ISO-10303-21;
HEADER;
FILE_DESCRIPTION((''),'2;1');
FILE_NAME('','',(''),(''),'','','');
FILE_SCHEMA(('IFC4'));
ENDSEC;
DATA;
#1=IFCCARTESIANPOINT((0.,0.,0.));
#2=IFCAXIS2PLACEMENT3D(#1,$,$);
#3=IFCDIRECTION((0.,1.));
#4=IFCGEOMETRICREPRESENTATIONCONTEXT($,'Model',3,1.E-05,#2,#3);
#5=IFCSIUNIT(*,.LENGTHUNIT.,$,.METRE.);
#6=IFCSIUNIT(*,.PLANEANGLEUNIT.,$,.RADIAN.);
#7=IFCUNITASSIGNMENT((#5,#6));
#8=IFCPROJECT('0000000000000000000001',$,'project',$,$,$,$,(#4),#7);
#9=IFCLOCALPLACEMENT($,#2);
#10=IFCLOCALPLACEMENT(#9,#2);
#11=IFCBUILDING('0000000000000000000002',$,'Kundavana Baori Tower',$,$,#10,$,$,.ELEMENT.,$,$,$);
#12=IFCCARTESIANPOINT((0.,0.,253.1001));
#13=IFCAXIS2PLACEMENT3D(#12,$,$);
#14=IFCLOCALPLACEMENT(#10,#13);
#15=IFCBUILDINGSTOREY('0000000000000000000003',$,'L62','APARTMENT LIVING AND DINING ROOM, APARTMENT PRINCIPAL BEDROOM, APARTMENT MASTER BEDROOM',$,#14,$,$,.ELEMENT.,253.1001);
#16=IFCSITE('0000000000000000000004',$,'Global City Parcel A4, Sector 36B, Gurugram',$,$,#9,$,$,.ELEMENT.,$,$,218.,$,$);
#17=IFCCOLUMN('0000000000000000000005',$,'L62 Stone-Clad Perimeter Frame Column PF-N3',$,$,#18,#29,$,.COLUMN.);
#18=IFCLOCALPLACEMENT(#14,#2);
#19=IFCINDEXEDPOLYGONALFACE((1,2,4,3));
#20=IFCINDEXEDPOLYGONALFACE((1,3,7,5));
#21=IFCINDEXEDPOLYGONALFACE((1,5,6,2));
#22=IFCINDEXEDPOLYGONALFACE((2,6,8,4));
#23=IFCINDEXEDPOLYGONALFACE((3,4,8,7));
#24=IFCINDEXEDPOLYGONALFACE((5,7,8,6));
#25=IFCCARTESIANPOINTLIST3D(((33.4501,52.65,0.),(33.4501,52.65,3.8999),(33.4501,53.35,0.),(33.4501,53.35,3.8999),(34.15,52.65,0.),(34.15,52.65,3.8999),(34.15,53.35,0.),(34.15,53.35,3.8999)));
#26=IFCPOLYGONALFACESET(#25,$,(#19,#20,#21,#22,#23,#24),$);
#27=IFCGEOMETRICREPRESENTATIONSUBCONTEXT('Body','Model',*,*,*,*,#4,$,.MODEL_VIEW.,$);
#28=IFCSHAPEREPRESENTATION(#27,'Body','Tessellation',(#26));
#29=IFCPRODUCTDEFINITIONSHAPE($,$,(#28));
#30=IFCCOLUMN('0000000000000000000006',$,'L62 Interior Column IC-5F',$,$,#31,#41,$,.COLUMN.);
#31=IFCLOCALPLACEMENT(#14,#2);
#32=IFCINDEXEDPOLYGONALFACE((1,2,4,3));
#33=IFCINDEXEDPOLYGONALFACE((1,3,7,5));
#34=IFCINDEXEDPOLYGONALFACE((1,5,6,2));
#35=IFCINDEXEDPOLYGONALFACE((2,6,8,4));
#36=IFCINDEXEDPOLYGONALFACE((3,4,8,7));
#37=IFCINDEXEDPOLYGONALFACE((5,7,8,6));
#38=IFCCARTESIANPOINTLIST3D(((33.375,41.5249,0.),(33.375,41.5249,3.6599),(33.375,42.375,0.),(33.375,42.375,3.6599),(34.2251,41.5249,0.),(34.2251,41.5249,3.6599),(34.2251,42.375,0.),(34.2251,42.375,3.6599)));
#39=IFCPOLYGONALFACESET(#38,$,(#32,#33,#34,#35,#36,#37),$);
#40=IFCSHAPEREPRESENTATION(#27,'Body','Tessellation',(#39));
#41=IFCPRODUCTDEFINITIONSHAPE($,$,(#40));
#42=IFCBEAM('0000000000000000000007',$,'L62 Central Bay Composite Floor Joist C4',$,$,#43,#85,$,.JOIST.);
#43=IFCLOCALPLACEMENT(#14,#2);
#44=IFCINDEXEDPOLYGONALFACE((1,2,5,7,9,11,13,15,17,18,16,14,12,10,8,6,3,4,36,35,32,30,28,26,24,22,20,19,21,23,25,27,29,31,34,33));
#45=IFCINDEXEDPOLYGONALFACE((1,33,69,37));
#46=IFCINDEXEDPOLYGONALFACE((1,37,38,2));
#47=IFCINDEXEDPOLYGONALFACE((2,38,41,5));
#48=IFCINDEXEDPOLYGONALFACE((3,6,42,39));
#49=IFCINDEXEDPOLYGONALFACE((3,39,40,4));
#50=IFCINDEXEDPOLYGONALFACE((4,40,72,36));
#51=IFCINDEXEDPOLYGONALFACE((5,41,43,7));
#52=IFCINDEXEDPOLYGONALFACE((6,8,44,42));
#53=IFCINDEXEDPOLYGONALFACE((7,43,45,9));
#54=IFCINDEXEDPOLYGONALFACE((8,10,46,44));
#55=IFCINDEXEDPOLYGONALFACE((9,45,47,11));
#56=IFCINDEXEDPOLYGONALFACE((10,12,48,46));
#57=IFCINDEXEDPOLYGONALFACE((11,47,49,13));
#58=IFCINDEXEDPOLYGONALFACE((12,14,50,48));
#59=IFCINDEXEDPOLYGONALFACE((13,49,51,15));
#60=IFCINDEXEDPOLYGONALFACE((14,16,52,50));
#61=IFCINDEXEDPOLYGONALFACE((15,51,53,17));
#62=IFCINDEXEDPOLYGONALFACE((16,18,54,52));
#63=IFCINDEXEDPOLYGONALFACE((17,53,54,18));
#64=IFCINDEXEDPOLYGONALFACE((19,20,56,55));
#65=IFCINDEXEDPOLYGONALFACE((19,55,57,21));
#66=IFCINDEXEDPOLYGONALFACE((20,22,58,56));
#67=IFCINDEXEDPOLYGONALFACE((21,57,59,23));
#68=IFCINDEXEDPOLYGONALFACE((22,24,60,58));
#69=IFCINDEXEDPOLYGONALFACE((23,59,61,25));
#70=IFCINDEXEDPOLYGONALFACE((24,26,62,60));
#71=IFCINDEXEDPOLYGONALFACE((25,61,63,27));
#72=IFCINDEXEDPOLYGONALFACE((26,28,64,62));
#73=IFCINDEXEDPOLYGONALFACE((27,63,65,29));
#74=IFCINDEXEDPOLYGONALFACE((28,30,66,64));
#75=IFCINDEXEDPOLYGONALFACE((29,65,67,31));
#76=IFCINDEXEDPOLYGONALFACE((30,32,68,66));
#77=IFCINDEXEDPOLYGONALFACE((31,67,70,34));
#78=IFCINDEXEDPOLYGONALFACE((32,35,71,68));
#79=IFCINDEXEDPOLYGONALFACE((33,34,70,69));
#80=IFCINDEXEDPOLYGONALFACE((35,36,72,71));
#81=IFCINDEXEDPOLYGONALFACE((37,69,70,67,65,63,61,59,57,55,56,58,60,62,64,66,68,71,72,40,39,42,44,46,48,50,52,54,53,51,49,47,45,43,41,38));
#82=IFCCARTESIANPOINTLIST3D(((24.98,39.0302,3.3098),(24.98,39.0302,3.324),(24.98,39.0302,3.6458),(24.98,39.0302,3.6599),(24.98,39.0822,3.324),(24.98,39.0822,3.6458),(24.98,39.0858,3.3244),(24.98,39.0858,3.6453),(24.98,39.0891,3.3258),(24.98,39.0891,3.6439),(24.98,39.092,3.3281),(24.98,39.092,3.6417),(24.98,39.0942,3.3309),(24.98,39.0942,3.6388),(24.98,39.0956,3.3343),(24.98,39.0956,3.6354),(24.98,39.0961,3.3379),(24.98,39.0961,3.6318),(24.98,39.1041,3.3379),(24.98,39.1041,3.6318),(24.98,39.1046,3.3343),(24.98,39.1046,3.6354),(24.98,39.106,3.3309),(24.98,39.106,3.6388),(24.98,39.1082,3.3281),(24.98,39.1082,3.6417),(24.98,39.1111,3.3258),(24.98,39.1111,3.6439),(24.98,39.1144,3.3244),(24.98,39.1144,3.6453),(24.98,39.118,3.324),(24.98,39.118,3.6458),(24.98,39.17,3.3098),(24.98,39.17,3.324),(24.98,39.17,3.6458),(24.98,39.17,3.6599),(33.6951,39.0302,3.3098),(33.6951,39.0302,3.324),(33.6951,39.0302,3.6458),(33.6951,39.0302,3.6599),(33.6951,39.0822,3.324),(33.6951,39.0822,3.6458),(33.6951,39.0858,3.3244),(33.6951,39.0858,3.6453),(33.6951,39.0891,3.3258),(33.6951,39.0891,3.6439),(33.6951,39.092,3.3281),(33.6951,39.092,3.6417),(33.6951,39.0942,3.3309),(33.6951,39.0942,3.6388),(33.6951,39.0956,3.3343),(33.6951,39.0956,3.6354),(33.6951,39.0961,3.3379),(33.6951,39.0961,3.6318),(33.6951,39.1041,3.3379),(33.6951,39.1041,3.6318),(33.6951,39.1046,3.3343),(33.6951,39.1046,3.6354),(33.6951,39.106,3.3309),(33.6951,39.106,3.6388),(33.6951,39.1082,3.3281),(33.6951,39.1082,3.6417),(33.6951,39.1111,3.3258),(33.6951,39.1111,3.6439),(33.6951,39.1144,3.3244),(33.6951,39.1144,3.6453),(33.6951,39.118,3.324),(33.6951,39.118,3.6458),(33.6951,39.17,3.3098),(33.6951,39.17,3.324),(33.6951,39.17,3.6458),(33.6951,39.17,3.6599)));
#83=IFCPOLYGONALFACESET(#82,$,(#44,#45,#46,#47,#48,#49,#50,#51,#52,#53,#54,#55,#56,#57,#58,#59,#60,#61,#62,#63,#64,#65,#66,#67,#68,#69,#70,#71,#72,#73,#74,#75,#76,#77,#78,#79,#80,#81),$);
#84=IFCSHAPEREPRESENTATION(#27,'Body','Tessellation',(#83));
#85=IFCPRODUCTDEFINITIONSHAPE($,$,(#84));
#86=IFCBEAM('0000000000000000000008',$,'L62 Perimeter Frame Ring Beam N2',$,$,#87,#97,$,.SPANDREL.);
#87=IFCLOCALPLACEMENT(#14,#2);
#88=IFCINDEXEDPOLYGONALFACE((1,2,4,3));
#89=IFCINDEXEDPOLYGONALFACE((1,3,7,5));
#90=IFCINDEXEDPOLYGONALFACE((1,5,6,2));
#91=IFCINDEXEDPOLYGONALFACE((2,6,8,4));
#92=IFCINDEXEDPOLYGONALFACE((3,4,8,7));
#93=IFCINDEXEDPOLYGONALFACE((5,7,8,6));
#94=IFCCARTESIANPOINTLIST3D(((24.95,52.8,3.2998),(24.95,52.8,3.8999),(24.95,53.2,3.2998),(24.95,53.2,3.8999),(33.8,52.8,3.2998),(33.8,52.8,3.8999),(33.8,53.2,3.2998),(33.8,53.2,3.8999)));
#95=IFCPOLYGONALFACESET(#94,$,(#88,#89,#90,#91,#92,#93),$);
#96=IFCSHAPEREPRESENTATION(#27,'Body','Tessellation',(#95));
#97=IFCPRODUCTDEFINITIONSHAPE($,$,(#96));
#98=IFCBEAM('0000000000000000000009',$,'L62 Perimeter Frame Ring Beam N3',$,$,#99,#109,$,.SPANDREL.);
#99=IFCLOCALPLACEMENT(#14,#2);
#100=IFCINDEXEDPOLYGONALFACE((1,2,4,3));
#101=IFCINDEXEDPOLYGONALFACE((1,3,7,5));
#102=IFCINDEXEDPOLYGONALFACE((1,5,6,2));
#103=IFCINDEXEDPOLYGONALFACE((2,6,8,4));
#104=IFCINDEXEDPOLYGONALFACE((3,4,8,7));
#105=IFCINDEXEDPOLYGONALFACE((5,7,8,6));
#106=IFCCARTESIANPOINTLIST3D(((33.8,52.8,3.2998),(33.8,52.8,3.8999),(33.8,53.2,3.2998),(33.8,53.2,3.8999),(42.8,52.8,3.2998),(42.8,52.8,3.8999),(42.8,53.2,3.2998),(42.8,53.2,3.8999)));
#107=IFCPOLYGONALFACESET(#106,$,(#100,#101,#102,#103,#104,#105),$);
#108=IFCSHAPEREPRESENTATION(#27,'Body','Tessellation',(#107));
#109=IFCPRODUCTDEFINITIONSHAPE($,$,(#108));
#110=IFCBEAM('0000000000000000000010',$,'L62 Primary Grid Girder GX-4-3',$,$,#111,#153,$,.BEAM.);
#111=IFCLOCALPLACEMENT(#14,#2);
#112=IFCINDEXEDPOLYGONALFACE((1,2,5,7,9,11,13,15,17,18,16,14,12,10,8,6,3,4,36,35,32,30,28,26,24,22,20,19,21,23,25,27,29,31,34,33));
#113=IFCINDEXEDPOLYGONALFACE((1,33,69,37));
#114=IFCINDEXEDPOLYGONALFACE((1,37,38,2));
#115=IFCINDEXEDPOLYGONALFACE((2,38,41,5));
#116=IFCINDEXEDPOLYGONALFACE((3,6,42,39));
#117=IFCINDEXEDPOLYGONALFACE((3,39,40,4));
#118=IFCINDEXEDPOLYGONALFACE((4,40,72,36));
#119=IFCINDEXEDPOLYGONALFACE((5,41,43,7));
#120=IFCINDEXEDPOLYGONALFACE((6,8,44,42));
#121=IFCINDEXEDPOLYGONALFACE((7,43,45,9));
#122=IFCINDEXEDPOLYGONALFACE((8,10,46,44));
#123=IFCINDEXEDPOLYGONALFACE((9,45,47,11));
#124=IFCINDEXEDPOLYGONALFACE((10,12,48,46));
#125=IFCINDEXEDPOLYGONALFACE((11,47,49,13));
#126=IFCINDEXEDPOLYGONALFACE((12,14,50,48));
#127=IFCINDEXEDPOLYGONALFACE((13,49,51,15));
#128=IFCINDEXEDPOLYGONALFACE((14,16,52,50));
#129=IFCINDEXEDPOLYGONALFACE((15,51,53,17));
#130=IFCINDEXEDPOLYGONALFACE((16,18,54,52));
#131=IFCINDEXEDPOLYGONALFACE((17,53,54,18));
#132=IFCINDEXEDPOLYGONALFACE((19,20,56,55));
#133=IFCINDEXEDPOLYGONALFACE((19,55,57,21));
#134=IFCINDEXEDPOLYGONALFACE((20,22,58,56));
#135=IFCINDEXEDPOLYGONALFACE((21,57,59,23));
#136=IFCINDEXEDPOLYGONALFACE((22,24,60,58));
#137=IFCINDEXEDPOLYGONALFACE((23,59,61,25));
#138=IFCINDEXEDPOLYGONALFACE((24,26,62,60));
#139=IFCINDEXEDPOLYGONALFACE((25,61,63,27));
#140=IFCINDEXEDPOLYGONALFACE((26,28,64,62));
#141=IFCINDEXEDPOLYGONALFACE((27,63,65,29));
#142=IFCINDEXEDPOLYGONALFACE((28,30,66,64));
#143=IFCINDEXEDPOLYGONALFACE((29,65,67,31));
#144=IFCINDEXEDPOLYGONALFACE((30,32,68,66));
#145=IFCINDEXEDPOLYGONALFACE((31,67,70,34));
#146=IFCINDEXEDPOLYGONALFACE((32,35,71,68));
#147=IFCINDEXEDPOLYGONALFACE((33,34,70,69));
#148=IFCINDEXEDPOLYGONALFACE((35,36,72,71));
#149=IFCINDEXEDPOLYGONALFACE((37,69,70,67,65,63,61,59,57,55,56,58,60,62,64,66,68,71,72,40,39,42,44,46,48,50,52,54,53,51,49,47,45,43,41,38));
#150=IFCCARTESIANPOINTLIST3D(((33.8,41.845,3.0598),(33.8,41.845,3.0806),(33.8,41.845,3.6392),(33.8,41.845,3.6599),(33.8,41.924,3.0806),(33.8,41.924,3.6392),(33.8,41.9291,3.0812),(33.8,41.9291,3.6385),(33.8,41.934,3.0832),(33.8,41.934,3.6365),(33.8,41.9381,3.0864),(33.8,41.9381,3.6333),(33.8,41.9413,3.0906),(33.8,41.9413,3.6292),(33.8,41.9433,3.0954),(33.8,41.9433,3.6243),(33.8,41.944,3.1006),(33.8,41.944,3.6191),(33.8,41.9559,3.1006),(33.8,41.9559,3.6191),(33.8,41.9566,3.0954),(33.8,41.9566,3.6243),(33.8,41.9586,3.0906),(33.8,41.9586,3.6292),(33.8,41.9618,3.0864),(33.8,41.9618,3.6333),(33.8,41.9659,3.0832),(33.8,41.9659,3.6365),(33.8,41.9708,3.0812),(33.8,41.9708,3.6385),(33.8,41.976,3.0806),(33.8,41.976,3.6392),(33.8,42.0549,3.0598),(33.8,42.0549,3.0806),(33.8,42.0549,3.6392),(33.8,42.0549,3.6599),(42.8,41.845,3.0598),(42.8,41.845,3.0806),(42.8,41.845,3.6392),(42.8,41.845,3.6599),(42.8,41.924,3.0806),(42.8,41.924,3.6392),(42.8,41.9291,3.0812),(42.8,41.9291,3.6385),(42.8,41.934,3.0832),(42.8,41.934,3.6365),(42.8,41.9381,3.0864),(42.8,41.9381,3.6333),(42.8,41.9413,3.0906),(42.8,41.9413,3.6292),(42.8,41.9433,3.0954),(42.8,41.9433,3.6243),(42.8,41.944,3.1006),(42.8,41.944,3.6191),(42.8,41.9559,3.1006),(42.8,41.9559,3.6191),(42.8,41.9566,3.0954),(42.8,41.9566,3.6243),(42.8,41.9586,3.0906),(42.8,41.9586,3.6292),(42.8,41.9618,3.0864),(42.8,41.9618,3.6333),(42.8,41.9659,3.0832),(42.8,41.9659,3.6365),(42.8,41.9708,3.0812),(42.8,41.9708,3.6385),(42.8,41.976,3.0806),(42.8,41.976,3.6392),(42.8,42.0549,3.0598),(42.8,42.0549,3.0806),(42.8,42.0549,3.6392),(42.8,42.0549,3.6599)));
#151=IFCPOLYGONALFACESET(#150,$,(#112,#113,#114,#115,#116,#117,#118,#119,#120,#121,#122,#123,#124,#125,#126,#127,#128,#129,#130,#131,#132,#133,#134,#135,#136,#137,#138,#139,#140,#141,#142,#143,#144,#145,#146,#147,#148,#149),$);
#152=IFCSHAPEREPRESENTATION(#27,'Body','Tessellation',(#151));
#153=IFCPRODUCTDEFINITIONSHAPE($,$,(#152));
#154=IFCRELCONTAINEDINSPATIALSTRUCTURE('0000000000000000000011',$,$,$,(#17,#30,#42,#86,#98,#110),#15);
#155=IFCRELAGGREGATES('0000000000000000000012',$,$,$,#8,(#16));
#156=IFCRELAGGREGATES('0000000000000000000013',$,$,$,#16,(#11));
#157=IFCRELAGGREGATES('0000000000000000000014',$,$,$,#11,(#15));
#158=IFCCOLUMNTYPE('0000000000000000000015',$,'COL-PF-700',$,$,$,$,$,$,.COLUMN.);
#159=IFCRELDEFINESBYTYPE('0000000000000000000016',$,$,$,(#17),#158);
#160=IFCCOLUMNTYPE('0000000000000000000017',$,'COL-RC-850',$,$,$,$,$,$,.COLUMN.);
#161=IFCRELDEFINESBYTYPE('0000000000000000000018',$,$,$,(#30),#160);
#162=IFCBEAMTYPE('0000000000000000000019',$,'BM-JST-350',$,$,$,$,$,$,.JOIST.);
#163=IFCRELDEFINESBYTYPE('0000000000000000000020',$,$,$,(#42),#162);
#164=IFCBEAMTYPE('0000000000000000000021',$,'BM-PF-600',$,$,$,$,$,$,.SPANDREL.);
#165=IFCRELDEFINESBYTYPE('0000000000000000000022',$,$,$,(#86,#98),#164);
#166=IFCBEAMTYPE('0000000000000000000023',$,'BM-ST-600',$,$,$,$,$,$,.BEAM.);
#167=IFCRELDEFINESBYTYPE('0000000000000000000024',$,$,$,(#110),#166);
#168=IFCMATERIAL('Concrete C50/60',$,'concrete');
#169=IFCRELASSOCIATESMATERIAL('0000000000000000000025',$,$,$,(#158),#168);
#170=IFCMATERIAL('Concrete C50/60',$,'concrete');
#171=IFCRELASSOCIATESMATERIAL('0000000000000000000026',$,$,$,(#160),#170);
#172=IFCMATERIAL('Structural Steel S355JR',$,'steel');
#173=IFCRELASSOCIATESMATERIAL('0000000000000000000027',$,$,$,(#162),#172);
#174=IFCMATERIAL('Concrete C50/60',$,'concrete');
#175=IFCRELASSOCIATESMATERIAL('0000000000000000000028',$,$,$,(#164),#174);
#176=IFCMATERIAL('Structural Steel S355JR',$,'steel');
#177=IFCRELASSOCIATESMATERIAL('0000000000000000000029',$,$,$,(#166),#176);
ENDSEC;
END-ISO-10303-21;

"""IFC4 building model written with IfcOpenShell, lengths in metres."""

from ifc_helpers import new_model, si_unit, direction, frame, origin, origin_2d, place, context, subcontext, project, spatial, rectangle, i_section, extrude, material, material_profile, profile_set, type_object, element, save


model = new_model("IFC4")

# Units and contexts
model_context = context("Model", 3, precision=1e-05, world=origin(), true_north=direction((0.0, 1.0)))
body_context = subcontext(model_context, "Body", "Model", "MODEL_VIEW")
ifc_project = project(units=[si_unit("LENGTHUNIT", "METRE"), si_unit("PLANEANGLEUNIT", "RADIAN")], contexts=[model_context])

# Site, building, storey
site_placement = place(None, origin())
site = spatial("IfcSite", under=ifc_project, at=site_placement, Name="Global City Parcel A4, Sector 36B, Gurugram", CompositionType="ELEMENT", RefElevation=218.0)
building_placement = place(site_placement, origin())
building = spatial("IfcBuilding", under=site, at=building_placement, Name="Kundavana Baori Tower", CompositionType="ELEMENT")
storey_placement = place(building_placement, frame((0.0, 0.0, 253.1001)))
storey = spatial("IfcBuildingStorey", under=building, at=storey_placement, Name="L62", Description="APARTMENT LIVING AND DINING ROOM, APARTMENT PRINCIPAL BEDROOM, APARTMENT MASTER BEDROOM", CompositionType="ELEMENT", Elevation=253.1001)

# Columns
ifc_material_1 = material(Name="Concrete C50/60", Category="concrete")
ifc_material_profile_1 = material_profile(ifc_material_1, rectangle(XDim=0.7, YDim=0.7, at=origin_2d()), Name="RC PF 700x700")
ifc_profile_set_1 = profile_set([ifc_material_profile_1], Name="Concrete C50/60")
column_type_1 = type_object("IfcColumnType", Name="COL-PF-700", PredefinedType="COLUMN", material=ifc_profile_set_1)
column_1_placement = place(storey_placement, frame((33.8, 53.0, 0.0), z_axis=(0.0, 0.0, 1.0), x_axis=(1.0, 0.0, 0.0)))
element("IfcColumn", 1, at=column_1_placement, inside=storey, type_object=column_type_1, Name="L62 Stone-Clad Perimeter Frame Column PF-N3", PredefinedType="COLUMN", context=body_context, shape_type="SweptSolid", body=[
    extrude(rectangle(XDim=0.7, YDim=0.7, at=origin_2d()), origin(), (0.0, 0.0, 1.0), 3.8999),
])
ifc_material_2 = material(Name="Concrete C50/60", Category="concrete")
ifc_material_profile_2 = material_profile(ifc_material_2, rectangle(XDim=0.8501, YDim=0.8501, at=origin_2d()), Name="RC 850x850")
ifc_profile_set_2 = profile_set([ifc_material_profile_2], Name="Concrete C50/60")
column_type_2 = type_object("IfcColumnType", Name="COL-RC-850", PredefinedType="COLUMN", material=ifc_profile_set_2)
column_2_placement = place(storey_placement, frame((33.8, 41.95, 0.0), z_axis=(0.0, 0.0, 1.0), x_axis=(1.0, 0.0, 0.0)))
element("IfcColumn", 2, at=column_2_placement, inside=storey, type_object=column_type_2, Name="L62 Interior Column IC-5F", PredefinedType="COLUMN", context=body_context, shape_type="SweptSolid", body=[
    extrude(rectangle(XDim=0.8501, YDim=0.8501, at=origin_2d()), origin(), (0.0, 0.0, 1.0), 3.6599),
])

# Beams
ifc_material_3 = material(Name="Structural Steel S355JR", Category="steel")
ifc_material_profile_3 = material_profile(ifc_material_3, i_section(OverallWidth=0.1399, OverallDepth=0.3501, WebThickness=0.0081, FlangeThickness=0.0142, FilletRadius=0.0139, at=origin_2d()), Name="ISMB 350")
ifc_profile_set_3 = profile_set([ifc_material_profile_3], Name="Structural Steel S355JR")
beam_type_1 = type_object("IfcBeamType", Name="BM-JST-350", PredefinedType="JOIST", material=ifc_profile_set_3)
beam_1_placement = place(storey_placement, frame((24.98, 39.1001, 3.4849), z_axis=(1.0, 0.0, 0.0), x_axis=(0.0, 1.0, 0.0)))
element("IfcBeam", 3, at=beam_1_placement, inside=storey, type_object=beam_type_1, Name="L62 Central Bay Composite Floor Joist C4", PredefinedType="JOIST", context=body_context, shape_type="SweptSolid", body=[
    extrude(i_section(OverallWidth=0.1399, OverallDepth=0.3501, WebThickness=0.0081, FlangeThickness=0.0142, FilletRadius=0.0139, at=origin_2d()), origin(), (0.0, 0.0, 1.0), 8.7151),
])
ifc_material_4 = material(Name="Concrete C50/60", Category="concrete")
ifc_material_profile_4 = material_profile(ifc_material_4, rectangle(XDim=0.3999, YDim=0.6001, at=origin_2d()), Name="RC BM 400x600")
ifc_profile_set_4 = profile_set([ifc_material_profile_4], Name="Concrete C50/60")
beam_type_2 = type_object("IfcBeamType", Name="BM-PF-600", PredefinedType="SPANDREL", material=ifc_profile_set_4)
beam_2_placement = place(storey_placement, frame((24.95, 53.0, 3.5999), z_axis=(1.0, 0.0, 0.0), x_axis=(0.0, 1.0, 0.0)))
element("IfcBeam", 4, at=beam_2_placement, inside=storey, type_object=beam_type_2, Name="L62 Perimeter Frame Ring Beam N2", PredefinedType="SPANDREL", context=body_context, shape_type="SweptSolid", body=[
    extrude(rectangle(XDim=0.3999, YDim=0.6001, at=origin_2d()), origin(), (0.0, 0.0, 1.0), 8.8501),
])
beam_3_placement = place(storey_placement, frame((33.8, 53.0, 3.5999), z_axis=(1.0, 0.0, 0.0), x_axis=(0.0, 1.0, 0.0)))
element("IfcBeam", 5, at=beam_3_placement, inside=storey, type_object=beam_type_2, Name="L62 Perimeter Frame Ring Beam N3", PredefinedType="SPANDREL", context=body_context, shape_type="SweptSolid", body=[
    extrude(rectangle(XDim=0.3999, YDim=0.6001, at=origin_2d()), origin(), (0.0, 0.0, 1.0), 9.0),
])
ifc_material_5 = material(Name="Structural Steel S355JR", Category="steel")
ifc_material_profile_5 = material_profile(ifc_material_5, i_section(OverallWidth=0.21, OverallDepth=0.6001, WebThickness=0.012, FlangeThickness=0.0208, FilletRadius=0.02, at=origin_2d()), Name="ISMB 600")
ifc_profile_set_5 = profile_set([ifc_material_profile_5], Name="Structural Steel S355JR")
beam_type_3 = type_object("IfcBeamType", Name="BM-ST-600", PredefinedType="BEAM", material=ifc_profile_set_5)
beam_4_placement = place(storey_placement, frame((33.8, 41.95, 3.3599), z_axis=(1.0, 0.0, 0.0), x_axis=(0.0, 1.0, 0.0)))
element("IfcBeam", 6, at=beam_4_placement, inside=storey, type_object=beam_type_3, Name="L62 Primary Grid Girder GX-4-3", PredefinedType="BEAM", context=body_context, shape_type="SweptSolid", body=[
    extrude(i_section(OverallWidth=0.21, OverallDepth=0.6001, WebThickness=0.012, FlangeThickness=0.0208, FilletRadius=0.02, at=origin_2d()), origin(), (0.0, 0.0, 1.0), 9.0),
])

save(model, "model.ifc")
